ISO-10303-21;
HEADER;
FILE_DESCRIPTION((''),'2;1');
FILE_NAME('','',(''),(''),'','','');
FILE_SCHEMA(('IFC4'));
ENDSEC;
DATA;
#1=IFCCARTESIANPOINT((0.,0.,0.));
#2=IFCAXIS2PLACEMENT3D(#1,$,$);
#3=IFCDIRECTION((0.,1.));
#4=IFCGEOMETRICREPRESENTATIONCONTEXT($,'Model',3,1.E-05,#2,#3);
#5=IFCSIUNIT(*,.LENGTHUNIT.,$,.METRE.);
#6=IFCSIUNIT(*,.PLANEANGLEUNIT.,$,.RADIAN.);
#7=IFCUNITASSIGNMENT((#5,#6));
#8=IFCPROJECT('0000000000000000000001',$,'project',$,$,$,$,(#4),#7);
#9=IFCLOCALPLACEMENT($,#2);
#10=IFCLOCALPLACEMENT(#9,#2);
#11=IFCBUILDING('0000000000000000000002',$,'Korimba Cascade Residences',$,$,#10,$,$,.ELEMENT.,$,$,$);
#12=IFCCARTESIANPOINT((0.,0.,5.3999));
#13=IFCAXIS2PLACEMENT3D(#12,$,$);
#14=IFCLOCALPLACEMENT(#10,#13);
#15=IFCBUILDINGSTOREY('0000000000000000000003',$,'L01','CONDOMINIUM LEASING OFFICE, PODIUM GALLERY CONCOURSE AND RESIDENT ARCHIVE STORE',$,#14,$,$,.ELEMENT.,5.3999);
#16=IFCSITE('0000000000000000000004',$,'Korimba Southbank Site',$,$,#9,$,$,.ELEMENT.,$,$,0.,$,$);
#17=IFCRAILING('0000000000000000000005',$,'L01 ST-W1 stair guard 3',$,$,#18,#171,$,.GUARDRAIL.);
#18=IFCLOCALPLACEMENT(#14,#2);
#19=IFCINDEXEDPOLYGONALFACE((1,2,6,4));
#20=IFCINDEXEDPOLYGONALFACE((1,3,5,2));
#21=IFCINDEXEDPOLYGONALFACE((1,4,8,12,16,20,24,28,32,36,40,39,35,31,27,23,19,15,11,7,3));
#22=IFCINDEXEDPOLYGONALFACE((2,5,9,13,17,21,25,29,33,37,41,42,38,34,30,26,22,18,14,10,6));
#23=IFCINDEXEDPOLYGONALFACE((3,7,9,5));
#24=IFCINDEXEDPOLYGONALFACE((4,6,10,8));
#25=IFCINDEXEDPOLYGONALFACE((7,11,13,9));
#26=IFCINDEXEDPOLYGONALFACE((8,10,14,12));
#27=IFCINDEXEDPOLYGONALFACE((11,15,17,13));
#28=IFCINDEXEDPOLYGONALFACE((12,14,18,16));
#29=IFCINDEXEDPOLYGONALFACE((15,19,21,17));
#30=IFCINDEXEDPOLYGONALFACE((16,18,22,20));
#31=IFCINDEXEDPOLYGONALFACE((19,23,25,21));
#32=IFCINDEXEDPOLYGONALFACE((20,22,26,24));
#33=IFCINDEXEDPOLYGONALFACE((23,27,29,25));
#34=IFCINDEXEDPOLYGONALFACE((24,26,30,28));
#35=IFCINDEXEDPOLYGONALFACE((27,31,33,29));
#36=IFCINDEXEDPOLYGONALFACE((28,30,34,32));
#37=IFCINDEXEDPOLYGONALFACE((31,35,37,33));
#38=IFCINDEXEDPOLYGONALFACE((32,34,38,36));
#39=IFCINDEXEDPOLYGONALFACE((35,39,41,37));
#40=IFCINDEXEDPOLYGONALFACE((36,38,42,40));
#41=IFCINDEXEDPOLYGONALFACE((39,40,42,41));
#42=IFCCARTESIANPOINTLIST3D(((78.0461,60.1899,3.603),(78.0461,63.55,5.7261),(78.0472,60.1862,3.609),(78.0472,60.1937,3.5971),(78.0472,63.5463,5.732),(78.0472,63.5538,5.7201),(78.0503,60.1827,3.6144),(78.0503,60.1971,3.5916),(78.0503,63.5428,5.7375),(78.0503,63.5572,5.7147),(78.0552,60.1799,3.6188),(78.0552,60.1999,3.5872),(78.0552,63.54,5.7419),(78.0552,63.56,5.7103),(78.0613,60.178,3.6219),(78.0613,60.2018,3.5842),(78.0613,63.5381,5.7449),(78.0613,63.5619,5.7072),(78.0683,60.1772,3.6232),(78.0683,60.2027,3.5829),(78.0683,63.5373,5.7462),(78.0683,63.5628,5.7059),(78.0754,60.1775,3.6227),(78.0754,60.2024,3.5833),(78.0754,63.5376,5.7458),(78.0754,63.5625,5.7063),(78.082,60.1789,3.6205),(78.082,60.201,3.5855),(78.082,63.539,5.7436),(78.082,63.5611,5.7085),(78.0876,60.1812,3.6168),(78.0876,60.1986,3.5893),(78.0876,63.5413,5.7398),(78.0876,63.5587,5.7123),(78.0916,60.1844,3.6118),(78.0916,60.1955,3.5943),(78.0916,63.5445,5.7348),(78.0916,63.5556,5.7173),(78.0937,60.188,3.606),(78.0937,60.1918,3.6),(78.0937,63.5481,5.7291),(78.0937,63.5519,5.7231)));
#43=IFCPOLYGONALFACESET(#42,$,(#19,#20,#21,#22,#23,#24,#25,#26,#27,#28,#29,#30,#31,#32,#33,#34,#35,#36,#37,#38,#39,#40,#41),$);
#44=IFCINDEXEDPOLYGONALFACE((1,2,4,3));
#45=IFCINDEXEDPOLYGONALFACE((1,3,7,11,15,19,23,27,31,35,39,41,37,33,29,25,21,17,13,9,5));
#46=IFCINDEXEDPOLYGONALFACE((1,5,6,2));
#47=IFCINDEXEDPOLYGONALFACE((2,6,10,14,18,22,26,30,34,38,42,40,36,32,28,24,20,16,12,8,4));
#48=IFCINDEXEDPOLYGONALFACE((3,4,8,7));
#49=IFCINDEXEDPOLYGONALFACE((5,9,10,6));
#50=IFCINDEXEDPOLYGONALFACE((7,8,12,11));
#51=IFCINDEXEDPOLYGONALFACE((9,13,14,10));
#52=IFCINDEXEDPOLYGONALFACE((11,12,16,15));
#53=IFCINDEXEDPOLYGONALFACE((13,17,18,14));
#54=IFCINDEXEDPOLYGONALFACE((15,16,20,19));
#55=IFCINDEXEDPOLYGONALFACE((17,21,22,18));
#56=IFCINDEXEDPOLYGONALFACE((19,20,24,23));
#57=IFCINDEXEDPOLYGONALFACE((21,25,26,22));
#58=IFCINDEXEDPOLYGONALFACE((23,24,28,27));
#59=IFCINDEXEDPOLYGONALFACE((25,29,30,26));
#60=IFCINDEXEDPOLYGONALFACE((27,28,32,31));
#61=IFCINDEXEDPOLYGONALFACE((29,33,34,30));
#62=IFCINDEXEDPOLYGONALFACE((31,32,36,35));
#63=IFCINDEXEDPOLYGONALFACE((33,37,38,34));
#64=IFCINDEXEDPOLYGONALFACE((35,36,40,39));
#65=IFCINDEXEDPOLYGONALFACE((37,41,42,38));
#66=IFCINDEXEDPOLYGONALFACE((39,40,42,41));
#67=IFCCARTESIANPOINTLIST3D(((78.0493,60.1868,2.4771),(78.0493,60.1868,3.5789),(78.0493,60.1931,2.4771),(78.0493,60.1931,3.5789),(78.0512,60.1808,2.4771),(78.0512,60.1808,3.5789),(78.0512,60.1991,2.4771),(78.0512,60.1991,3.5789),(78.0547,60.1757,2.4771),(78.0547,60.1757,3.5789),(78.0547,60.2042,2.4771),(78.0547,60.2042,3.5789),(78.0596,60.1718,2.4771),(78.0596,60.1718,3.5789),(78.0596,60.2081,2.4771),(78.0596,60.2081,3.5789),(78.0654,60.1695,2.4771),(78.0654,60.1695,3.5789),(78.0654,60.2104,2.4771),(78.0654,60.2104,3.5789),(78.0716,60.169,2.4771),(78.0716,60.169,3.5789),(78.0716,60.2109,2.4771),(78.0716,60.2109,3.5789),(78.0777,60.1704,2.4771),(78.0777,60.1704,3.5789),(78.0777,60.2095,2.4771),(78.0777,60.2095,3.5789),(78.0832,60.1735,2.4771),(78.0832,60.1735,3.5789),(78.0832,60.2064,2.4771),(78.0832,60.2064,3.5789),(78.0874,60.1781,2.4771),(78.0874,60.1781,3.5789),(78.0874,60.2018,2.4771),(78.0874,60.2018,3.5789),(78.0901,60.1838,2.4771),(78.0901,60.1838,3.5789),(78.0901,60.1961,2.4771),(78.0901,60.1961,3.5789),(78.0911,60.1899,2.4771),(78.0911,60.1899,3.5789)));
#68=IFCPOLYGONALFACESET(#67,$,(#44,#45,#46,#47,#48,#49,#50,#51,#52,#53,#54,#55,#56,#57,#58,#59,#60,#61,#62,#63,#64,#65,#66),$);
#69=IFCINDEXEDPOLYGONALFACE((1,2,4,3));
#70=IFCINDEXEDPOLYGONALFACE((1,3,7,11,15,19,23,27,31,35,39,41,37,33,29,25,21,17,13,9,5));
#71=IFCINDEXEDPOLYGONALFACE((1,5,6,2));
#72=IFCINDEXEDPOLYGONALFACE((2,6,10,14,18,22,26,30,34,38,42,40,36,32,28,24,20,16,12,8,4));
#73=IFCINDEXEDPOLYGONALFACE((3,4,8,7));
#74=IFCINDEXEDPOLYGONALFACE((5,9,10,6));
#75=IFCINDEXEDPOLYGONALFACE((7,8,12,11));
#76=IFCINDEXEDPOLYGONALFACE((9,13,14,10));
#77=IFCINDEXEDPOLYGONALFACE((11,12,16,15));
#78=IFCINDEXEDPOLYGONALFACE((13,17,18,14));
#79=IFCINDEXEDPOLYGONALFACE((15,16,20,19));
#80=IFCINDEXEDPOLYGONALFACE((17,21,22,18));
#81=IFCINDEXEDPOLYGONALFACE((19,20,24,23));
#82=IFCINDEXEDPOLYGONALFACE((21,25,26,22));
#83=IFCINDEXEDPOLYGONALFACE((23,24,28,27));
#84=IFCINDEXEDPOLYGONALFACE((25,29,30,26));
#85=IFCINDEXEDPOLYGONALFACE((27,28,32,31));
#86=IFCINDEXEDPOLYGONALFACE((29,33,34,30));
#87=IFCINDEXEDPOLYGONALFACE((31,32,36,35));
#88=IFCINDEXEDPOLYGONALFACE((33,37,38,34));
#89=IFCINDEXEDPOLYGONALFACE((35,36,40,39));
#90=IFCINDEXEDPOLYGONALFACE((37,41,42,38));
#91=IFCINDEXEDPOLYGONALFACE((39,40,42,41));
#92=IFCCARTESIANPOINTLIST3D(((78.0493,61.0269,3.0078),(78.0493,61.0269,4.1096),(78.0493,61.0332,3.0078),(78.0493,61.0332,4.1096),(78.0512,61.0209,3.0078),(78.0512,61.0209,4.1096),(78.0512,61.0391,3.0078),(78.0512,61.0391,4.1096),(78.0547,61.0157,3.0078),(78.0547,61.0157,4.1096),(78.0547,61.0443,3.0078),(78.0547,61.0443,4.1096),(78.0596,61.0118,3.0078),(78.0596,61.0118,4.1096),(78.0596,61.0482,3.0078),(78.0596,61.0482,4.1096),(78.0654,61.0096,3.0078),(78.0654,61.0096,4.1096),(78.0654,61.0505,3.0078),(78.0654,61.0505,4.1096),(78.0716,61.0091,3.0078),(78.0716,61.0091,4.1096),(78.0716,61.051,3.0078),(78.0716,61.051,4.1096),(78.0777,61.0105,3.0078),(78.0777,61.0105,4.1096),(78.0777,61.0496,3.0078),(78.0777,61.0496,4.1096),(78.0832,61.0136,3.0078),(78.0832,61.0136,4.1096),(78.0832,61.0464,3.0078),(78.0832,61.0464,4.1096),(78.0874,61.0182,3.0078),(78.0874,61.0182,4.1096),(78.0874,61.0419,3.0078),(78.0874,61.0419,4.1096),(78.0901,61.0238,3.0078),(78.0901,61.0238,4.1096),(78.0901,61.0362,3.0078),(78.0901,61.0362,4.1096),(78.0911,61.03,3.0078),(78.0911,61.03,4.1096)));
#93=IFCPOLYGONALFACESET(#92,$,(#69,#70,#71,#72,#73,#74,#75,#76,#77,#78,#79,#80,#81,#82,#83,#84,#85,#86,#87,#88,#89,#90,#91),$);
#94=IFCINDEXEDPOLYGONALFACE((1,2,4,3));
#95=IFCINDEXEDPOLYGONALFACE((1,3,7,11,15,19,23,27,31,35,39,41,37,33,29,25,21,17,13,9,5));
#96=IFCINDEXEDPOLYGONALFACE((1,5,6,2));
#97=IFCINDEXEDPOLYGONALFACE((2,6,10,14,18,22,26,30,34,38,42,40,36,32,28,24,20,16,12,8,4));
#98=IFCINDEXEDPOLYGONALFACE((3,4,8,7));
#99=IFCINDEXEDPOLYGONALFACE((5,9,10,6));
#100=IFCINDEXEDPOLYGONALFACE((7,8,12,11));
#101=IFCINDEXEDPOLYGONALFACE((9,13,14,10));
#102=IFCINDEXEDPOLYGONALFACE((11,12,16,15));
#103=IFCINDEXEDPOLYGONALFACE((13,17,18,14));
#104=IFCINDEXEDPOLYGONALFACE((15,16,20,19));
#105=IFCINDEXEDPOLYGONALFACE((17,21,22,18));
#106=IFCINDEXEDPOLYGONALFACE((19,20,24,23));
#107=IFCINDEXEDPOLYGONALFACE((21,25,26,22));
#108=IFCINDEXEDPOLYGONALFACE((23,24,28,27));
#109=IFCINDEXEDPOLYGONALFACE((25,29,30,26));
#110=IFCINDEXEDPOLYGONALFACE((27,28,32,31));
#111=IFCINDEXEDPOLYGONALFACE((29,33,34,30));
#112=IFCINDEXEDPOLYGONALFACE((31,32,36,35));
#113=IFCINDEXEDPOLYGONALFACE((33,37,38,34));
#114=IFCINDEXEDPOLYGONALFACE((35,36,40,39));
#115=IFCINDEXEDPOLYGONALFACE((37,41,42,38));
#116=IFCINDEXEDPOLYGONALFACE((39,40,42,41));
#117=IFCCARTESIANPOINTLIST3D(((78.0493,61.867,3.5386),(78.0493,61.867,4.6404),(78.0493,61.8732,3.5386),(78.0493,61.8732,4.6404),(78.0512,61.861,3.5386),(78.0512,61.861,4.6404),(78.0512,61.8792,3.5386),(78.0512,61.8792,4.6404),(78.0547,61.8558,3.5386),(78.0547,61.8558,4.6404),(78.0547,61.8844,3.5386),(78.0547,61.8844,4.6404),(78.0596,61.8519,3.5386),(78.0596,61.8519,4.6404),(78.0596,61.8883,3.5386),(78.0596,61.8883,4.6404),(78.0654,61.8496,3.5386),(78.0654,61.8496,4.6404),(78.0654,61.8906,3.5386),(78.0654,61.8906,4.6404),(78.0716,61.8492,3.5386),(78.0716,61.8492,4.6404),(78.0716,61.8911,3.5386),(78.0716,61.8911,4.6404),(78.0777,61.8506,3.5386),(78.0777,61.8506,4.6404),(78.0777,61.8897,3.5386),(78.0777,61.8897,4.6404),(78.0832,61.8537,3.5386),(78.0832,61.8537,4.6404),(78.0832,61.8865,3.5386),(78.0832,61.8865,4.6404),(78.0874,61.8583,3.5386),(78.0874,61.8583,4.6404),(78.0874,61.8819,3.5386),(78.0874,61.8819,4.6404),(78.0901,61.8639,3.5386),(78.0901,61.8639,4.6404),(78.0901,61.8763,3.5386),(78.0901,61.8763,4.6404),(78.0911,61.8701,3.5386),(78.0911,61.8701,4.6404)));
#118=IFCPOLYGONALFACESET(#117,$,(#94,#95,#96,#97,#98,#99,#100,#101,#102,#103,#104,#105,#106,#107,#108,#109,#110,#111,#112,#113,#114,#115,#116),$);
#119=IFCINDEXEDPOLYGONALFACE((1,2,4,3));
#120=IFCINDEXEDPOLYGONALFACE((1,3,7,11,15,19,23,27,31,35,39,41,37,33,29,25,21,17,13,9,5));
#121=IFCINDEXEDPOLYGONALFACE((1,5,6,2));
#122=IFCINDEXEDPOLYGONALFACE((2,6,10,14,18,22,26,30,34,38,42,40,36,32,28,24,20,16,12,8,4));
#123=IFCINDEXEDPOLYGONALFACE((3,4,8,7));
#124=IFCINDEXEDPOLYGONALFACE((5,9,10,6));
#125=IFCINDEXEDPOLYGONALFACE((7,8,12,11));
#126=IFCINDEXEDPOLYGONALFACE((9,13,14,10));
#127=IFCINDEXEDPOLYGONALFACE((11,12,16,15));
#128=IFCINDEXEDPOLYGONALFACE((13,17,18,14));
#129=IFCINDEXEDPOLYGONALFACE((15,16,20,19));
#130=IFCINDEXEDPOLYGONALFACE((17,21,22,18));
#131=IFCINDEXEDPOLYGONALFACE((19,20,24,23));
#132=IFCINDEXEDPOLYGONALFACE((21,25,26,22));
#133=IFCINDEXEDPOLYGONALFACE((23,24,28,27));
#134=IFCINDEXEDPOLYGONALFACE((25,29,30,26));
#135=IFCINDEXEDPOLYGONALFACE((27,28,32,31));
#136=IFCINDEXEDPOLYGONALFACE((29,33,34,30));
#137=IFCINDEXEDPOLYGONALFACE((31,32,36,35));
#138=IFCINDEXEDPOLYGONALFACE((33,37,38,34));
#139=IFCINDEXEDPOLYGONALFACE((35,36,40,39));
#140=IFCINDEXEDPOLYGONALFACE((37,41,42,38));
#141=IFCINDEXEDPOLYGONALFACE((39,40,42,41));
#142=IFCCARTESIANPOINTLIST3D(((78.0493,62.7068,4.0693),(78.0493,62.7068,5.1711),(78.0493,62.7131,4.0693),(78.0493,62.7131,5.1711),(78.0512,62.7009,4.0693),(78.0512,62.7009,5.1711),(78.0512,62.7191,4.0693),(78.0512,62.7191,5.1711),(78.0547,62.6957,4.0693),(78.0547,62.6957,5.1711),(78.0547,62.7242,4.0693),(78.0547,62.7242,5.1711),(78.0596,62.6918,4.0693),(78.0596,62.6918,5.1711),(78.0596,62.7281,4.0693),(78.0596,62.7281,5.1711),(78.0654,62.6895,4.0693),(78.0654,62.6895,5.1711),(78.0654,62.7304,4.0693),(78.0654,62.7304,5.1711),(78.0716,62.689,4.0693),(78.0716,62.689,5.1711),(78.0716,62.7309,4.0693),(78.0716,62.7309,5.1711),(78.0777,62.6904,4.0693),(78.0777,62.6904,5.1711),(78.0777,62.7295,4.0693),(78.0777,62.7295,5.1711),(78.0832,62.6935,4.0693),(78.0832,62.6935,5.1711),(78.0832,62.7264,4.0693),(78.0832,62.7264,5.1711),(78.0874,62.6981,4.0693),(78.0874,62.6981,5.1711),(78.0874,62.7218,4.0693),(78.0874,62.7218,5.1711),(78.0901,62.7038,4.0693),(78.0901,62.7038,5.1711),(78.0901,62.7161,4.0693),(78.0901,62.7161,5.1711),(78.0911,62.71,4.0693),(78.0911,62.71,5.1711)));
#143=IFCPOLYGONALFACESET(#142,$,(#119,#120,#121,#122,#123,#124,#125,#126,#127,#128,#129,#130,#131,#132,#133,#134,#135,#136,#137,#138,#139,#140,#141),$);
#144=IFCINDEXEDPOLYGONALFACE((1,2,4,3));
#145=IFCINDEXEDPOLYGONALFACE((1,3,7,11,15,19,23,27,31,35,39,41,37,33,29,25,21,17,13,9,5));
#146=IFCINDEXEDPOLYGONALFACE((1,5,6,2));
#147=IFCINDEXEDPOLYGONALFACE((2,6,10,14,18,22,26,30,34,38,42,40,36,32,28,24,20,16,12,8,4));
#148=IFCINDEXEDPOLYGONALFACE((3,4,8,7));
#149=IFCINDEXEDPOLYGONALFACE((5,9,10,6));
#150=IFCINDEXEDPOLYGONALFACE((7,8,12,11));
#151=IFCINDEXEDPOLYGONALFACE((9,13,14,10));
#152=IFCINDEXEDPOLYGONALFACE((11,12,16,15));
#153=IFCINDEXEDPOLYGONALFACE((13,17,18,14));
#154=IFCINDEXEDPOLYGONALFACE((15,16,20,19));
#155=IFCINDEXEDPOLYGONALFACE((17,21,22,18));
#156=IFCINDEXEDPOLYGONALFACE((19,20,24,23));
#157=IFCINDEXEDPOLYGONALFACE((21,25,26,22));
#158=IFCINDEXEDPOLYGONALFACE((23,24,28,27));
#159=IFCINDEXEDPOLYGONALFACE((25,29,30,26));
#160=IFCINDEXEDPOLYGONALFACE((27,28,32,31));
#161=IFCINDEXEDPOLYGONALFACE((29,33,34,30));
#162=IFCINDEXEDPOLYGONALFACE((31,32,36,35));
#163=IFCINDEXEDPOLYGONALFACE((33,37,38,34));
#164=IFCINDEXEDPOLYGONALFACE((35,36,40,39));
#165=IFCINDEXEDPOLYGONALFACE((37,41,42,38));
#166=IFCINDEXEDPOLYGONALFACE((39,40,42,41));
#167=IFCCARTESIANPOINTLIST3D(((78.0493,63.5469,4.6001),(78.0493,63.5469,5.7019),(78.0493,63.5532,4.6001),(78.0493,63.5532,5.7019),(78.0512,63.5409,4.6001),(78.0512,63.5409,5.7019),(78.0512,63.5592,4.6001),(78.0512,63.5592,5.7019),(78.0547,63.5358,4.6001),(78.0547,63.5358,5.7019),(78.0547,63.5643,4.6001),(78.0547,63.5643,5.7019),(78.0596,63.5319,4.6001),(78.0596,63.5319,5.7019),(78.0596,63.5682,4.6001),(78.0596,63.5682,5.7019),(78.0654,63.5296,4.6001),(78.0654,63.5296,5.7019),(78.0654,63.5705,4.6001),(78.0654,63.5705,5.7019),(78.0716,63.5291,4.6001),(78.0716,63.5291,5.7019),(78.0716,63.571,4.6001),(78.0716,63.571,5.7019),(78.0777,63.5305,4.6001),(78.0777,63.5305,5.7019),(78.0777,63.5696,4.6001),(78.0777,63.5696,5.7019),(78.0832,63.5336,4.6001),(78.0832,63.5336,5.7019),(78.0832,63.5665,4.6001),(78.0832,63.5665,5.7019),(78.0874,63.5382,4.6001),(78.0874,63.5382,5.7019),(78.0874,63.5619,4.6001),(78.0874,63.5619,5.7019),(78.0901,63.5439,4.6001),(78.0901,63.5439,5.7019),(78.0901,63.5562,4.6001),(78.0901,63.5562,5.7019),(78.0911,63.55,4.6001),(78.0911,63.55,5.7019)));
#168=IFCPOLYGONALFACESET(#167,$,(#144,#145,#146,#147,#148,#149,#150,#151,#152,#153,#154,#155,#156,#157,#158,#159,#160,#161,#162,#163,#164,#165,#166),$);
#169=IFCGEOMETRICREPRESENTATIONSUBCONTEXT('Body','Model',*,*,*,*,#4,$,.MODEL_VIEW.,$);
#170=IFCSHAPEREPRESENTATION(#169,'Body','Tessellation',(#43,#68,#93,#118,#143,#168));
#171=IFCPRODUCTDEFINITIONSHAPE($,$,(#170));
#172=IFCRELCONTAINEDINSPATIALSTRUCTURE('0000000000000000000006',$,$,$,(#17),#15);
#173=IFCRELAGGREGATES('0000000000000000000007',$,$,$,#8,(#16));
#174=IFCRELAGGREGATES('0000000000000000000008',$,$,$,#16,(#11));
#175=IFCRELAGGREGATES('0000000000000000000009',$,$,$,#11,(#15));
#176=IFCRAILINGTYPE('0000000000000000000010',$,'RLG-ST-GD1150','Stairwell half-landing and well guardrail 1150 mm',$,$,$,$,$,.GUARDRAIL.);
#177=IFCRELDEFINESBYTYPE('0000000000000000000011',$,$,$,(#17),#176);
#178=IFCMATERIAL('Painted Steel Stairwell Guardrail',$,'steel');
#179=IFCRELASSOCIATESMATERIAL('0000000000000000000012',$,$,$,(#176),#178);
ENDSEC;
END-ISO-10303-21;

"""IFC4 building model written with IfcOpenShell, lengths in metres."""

from ifc_helpers import new_model, si_unit, direction, frame, origin, origin_2d, place, context, subcontext, project, spatial, circle, extrude, material, type_object, element, save


model = new_model("IFC4")

# Units and contexts
model_context = context("Model", 3, precision=1e-05, world=origin(), true_north=direction((0.0, 1.0)))
body_context = subcontext(model_context, "Body", "Model", "MODEL_VIEW")
ifc_project = project(units=[si_unit("LENGTHUNIT", "METRE"), si_unit("PLANEANGLEUNIT", "RADIAN")], contexts=[model_context])

# Site, building, storey
site_placement = place(None, origin())
site = spatial("IfcSite", under=ifc_project, at=site_placement, Name="Korimba Southbank Site", CompositionType="ELEMENT", RefElevation=0.0)
building_placement = place(site_placement, origin())
building = spatial("IfcBuilding", under=site, at=building_placement, Name="Korimba Cascade Residences", CompositionType="ELEMENT")
storey_placement = place(building_placement, frame((0.0, 0.0, 5.3999)))
storey = spatial("IfcBuildingStorey", under=building, at=storey_placement, Name="L01", Description="CONDOMINIUM LEASING OFFICE, PODIUM GALLERY CONCOURSE AND RESIDENT ARCHIVE STORE", CompositionType="ELEMENT", Elevation=5.3999)

# Railing
ifc_material_1 = material(Name="Painted Steel Stairwell Guardrail", Category="steel")
railing_type_1 = type_object("IfcRailingType", Name="RLG-ST-GD1150", Description="Stairwell half-landing and well guardrail 1150 mm", PredefinedType="GUARDRAIL", material=ifc_material_1)
railing_1_placement = place(storey_placement, frame((78.0701, 60.1899, 2.4771)))
element("IfcRailing", 1, at=railing_1_placement, inside=storey, type_object=railing_type_1, Name="L01 ST-W1 stair guard 3", PredefinedType="GUARDRAIL", context=body_context, shape_type="SweptSolid", body=[
    extrude(circle(Radius=0.0239, at=origin_2d()), frame((0.0, 0.0, 1.126), z_axis=(0.0, 0.84539, 0.53415), x_axis=(-1.0, 0.0, 0.0)), (0.0, 0.0, 1.0), 3.9746),
    extrude(circle(Radius=0.021, at=origin_2d()), origin(), (0.0, 0.0, 1.0), 1.1018),
    extrude(circle(Radius=0.021, at=origin_2d()), frame((0.0, 0.8401, 0.5308)), (0.0, 0.0, 1.0), 1.1018),
    extrude(circle(Radius=0.021, at=origin_2d()), frame((0.0, 1.6802, 1.0615)), (0.0, 0.0, 1.0), 1.1018),
    extrude(circle(Radius=0.021, at=origin_2d()), frame((0.0, 2.52, 1.5923)), (0.0, 0.0, 1.0), 1.1018),
    extrude(circle(Radius=0.021, at=origin_2d()), frame((0.0, 3.3601, 2.123)), (0.0, 0.0, 1.0), 1.1018),
])

save(model, "model.ifc")
